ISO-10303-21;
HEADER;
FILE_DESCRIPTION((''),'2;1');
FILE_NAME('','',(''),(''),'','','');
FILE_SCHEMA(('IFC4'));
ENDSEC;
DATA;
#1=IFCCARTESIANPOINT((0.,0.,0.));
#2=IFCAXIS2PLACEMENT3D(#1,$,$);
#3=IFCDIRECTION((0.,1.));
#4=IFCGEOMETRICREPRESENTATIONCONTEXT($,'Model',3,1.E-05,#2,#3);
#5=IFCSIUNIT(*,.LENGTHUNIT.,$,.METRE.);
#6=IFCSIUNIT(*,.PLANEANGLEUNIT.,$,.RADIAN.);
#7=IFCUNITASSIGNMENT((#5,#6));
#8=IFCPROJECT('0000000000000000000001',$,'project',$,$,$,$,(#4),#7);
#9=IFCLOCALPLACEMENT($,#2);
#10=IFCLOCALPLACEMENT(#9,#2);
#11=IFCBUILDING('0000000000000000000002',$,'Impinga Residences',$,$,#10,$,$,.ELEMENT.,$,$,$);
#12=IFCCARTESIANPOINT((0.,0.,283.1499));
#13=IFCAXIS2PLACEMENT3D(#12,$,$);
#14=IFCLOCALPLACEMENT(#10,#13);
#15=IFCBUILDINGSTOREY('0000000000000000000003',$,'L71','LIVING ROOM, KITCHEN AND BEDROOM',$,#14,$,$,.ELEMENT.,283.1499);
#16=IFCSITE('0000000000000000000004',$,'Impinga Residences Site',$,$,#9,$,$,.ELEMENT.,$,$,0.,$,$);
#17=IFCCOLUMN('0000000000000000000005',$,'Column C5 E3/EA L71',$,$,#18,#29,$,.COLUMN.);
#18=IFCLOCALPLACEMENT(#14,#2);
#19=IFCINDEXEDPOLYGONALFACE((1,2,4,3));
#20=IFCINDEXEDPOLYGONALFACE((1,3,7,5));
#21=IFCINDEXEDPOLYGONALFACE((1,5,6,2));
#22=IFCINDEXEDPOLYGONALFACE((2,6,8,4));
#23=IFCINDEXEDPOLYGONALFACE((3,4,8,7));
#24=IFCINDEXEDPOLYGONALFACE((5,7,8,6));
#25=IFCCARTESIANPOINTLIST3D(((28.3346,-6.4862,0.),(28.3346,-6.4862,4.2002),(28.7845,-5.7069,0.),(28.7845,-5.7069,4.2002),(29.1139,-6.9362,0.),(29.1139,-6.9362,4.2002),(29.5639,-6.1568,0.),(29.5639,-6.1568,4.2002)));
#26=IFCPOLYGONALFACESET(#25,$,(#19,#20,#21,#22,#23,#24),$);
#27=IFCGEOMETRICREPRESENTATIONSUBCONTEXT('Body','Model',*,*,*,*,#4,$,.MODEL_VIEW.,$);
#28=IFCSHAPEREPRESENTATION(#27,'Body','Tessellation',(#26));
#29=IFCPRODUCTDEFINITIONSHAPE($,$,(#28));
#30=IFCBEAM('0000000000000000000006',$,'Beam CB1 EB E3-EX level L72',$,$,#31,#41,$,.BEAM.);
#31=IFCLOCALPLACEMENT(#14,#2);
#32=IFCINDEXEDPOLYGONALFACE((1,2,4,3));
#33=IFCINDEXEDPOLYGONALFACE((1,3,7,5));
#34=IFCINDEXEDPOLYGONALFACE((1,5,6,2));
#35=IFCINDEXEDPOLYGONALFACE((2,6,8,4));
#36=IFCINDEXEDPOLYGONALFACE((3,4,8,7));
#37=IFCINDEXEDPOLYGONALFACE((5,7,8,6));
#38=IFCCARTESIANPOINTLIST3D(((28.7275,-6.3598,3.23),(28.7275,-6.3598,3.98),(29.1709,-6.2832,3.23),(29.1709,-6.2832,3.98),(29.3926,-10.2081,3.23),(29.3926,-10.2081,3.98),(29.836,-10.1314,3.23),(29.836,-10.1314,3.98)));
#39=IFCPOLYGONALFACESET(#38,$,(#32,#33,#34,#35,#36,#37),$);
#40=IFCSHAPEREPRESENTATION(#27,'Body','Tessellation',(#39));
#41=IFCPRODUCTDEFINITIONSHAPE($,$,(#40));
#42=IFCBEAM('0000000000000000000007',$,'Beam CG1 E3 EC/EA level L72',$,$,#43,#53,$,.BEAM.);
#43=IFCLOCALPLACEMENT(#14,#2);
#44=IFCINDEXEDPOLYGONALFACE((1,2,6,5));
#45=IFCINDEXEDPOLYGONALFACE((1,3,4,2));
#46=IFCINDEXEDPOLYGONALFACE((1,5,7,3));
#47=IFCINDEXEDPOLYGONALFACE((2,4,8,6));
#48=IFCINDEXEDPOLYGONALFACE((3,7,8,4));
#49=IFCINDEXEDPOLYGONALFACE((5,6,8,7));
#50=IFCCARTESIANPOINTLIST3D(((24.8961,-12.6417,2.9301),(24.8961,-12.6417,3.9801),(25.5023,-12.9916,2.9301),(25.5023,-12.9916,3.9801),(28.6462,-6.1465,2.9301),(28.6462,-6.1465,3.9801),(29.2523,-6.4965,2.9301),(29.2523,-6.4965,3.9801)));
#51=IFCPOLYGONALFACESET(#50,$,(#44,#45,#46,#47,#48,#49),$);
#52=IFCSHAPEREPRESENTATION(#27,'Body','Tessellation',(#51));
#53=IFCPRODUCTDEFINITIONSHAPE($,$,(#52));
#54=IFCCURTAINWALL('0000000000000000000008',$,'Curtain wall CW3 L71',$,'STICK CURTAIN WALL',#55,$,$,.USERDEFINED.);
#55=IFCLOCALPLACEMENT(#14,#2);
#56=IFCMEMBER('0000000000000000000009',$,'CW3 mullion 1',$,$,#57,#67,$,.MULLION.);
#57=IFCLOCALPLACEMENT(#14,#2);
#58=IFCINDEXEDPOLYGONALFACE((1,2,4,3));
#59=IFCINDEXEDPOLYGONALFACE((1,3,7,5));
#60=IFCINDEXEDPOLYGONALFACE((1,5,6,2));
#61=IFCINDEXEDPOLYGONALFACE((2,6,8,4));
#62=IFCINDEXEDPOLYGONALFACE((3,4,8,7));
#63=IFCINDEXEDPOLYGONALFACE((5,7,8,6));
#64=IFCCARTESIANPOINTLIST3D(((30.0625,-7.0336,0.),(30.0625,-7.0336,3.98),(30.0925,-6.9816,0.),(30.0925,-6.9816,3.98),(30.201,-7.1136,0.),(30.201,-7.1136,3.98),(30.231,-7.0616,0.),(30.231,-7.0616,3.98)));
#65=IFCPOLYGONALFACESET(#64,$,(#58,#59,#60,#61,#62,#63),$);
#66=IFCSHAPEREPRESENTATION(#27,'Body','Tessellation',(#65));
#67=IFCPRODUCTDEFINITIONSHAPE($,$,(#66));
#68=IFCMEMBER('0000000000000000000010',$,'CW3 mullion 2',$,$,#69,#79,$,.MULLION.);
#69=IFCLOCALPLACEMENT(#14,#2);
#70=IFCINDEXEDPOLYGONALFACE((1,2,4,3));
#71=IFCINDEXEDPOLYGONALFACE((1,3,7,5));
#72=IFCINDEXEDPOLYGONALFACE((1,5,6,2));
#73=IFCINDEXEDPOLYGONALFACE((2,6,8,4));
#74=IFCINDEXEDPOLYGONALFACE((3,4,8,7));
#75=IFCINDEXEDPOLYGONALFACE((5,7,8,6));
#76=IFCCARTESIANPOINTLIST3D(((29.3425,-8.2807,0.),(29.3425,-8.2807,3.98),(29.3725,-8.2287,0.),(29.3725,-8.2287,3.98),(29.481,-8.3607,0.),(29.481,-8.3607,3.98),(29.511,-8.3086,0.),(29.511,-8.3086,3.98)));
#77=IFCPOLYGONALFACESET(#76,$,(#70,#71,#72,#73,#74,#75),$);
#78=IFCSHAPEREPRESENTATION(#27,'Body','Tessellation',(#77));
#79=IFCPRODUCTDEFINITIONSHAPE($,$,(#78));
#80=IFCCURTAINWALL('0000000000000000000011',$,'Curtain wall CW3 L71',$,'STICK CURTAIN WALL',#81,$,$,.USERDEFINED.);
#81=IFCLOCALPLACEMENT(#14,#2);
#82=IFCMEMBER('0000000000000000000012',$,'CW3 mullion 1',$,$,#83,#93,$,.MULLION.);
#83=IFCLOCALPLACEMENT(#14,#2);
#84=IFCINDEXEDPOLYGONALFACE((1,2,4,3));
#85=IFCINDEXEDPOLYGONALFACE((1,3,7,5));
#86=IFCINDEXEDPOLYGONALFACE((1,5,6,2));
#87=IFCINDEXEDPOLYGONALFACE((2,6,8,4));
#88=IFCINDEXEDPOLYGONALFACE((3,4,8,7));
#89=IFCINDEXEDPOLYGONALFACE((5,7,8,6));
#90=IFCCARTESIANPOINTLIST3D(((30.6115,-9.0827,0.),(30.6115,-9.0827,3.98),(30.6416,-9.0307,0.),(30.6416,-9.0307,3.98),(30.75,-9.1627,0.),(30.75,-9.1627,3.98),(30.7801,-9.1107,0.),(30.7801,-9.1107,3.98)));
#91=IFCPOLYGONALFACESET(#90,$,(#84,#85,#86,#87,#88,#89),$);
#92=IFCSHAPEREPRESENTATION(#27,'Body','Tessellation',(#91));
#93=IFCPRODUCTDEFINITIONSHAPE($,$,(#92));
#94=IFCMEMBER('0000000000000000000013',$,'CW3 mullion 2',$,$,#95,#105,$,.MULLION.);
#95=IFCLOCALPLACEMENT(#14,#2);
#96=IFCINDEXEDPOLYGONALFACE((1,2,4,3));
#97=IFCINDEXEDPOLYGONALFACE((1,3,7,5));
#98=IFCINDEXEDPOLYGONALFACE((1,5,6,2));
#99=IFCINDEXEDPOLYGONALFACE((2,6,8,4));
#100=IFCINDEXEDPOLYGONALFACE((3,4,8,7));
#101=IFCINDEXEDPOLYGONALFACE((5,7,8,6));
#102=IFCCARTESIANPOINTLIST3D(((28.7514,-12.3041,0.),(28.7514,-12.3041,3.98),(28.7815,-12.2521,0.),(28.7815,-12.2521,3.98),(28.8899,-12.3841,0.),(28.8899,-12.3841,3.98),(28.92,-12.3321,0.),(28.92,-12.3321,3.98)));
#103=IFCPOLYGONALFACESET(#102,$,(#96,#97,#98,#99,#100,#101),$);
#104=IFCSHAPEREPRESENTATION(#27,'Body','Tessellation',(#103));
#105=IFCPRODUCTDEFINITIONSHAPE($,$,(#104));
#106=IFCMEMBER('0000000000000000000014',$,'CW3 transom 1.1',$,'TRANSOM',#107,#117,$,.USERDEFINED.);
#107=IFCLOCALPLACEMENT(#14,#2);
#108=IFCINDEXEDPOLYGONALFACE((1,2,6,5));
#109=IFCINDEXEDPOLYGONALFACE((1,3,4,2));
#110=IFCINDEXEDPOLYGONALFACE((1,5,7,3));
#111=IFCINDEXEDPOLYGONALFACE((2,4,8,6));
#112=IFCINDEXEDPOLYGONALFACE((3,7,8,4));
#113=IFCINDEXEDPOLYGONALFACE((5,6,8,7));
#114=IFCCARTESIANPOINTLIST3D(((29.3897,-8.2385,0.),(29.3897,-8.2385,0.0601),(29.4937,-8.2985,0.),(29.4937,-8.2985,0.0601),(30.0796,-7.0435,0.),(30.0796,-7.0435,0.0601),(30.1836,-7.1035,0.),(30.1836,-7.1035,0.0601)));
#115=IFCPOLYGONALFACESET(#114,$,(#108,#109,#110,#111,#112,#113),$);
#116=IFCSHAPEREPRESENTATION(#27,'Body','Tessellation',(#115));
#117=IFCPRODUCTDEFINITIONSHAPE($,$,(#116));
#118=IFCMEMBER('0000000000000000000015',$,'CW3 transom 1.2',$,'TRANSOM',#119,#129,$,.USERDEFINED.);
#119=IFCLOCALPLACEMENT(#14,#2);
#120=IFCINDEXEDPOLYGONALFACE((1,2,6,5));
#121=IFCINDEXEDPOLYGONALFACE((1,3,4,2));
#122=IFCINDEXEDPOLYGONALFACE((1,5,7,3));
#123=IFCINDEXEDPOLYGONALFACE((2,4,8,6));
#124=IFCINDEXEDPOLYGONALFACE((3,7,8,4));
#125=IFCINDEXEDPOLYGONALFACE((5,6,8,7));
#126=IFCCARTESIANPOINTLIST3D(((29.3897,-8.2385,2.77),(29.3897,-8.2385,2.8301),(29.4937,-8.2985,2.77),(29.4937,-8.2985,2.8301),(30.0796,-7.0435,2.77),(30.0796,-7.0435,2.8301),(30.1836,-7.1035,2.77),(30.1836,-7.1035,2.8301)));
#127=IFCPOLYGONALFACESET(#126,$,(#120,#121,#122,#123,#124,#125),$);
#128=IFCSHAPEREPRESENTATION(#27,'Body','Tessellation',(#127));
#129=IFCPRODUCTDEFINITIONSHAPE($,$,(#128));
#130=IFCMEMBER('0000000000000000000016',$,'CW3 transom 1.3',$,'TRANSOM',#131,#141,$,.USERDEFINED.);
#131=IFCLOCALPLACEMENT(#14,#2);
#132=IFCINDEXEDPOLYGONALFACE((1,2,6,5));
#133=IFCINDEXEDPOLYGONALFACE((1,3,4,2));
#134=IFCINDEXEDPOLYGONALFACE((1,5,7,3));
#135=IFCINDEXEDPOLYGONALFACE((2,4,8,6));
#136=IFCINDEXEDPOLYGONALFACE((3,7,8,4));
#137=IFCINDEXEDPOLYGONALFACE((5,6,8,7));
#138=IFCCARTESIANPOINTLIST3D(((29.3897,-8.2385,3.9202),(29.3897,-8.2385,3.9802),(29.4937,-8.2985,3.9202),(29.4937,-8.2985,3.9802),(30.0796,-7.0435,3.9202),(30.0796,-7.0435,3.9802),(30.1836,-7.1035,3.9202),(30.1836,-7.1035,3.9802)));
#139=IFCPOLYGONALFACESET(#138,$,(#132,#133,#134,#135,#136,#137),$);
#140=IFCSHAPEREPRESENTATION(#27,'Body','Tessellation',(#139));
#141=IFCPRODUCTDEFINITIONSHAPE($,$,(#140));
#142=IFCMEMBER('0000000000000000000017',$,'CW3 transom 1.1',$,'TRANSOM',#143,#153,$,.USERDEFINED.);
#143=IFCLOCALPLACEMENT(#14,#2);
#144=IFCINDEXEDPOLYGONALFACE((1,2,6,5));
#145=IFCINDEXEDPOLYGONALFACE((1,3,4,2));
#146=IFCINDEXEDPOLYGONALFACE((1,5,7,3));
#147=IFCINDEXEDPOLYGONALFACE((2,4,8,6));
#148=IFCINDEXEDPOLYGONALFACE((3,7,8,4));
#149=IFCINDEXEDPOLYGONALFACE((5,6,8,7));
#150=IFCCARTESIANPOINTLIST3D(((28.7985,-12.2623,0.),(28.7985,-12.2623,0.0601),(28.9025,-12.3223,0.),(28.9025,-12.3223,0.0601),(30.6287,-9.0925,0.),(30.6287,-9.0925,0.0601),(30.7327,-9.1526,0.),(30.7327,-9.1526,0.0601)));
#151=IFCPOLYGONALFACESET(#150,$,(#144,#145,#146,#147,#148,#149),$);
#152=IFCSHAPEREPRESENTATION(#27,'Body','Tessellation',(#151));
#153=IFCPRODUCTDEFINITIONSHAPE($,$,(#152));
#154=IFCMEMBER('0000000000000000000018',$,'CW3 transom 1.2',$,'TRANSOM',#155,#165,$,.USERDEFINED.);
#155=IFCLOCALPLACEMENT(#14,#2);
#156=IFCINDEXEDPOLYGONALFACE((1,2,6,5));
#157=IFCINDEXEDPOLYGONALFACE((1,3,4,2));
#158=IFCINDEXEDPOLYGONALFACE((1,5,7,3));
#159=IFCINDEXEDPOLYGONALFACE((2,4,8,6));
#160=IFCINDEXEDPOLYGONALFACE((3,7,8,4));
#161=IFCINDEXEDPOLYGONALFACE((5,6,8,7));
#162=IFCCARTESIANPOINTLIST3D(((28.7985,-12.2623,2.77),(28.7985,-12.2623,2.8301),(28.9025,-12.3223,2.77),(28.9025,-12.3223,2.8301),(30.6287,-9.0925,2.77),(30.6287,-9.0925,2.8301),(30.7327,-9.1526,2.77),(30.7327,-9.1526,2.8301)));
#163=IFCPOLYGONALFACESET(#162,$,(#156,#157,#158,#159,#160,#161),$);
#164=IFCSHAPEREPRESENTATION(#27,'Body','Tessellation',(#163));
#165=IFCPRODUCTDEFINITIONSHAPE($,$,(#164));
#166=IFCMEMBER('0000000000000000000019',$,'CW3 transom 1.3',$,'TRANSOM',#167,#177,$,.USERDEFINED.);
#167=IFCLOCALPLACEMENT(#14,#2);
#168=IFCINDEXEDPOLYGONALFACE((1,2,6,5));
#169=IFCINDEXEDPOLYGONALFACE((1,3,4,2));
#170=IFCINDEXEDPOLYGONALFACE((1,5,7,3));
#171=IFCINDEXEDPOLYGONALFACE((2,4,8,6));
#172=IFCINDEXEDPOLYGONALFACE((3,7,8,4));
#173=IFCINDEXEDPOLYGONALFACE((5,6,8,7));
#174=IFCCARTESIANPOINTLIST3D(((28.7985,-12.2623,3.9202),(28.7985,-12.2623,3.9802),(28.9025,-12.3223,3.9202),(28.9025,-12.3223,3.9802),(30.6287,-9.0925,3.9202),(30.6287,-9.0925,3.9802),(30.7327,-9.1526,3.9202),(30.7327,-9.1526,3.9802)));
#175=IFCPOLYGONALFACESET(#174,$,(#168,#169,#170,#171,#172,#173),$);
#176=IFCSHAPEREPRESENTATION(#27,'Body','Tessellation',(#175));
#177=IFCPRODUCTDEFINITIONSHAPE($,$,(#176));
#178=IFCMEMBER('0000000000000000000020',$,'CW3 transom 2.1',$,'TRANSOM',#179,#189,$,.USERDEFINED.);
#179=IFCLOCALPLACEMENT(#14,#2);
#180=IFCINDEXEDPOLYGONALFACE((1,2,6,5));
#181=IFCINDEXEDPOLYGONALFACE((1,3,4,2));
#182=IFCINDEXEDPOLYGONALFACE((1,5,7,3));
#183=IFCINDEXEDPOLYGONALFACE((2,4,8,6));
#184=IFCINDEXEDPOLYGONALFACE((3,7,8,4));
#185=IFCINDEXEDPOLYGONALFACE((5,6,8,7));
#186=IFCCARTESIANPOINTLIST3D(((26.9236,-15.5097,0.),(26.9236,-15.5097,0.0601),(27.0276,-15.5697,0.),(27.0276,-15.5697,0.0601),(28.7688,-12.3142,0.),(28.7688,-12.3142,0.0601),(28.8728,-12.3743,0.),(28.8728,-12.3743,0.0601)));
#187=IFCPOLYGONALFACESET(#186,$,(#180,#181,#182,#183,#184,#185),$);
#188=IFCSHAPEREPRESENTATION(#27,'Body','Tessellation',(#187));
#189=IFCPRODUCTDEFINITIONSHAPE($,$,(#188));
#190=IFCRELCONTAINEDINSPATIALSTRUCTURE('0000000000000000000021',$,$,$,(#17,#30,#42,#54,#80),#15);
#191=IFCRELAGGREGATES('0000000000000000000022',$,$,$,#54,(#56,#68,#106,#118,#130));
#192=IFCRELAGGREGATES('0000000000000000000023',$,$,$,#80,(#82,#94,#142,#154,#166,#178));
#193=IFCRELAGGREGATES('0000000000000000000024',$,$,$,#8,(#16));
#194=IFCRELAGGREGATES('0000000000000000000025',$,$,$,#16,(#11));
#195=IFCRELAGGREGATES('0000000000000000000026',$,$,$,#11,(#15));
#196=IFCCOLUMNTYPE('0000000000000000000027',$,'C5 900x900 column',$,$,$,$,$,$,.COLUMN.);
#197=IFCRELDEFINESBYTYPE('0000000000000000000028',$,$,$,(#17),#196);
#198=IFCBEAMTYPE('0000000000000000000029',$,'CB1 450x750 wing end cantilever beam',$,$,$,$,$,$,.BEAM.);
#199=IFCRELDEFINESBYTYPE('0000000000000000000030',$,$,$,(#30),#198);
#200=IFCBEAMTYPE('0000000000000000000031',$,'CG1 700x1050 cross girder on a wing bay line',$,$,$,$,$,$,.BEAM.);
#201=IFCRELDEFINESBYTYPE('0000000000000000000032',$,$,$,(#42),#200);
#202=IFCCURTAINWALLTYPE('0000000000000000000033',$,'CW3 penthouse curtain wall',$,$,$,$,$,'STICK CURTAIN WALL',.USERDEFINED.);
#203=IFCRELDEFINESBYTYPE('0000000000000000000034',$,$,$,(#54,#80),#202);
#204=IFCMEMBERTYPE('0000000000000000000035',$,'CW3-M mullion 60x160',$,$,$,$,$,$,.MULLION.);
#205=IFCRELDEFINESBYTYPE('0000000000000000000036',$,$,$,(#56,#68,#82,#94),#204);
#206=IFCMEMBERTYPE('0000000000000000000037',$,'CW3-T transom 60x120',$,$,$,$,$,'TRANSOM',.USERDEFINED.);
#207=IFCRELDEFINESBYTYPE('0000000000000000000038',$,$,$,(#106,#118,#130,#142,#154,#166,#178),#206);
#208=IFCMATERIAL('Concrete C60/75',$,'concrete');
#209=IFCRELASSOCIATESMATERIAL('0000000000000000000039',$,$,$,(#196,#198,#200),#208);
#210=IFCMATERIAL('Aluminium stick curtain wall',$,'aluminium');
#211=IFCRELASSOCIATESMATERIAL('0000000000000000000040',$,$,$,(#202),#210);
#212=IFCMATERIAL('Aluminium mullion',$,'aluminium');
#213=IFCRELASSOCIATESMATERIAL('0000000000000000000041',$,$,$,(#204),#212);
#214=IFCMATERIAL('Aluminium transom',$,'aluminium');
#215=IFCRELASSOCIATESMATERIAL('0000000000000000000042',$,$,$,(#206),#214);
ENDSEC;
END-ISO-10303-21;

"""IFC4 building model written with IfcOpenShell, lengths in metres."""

from ifc_helpers import new_model, si_unit, direction, frame, origin, origin_2d, place, context, subcontext, project, spatial, rectangle, extrude, material, material_profile, profile_set, type_object, element, aggregate, save


model = new_model("IFC4")

# Units and contexts
model_context = context("Model", 3, precision=1e-05, world=origin(), true_north=direction((0.0, 1.0)))
body_context = subcontext(model_context, "Body", "Model", "MODEL_VIEW")
ifc_project = project(units=[si_unit("LENGTHUNIT", "METRE"), si_unit("PLANEANGLEUNIT", "RADIAN")], contexts=[model_context])

# Site, building, storey
site_placement = place(None, origin())
site = spatial("IfcSite", under=ifc_project, at=site_placement, Name="Impinga Residences Site", CompositionType="ELEMENT", RefElevation=0.0)
building_placement = place(site_placement, origin())
building = spatial("IfcBuilding", under=site, at=building_placement, Name="Impinga Residences", CompositionType="ELEMENT")
storey_placement = place(building_placement, frame((0.0, 0.0, 283.1499)))
storey = spatial("IfcBuildingStorey", under=building, at=storey_placement, Name="L71", Description="LIVING ROOM, KITCHEN AND BEDROOM", CompositionType="ELEMENT", Elevation=283.1499)

# Column
ifc_material_1 = material(Name="Concrete C60/75", Category="concrete")
ifc_material_profile_1 = material_profile(ifc_material_1, rectangle(XDim=0.8999, YDim=0.8999, at=origin_2d()), Name="RC 900x900")
ifc_profile_set_1 = profile_set([ifc_material_profile_1], Name="Concrete C60/75")
column_type = type_object("IfcColumnType", Name="C5 900x900 column", PredefinedType="COLUMN", material=ifc_profile_set_1)
column_placement = place(storey_placement, frame((28.9492, -6.3215, 0.0), z_axis=(0.0, 0.0, 1.0), x_axis=(-0.5, -0.866025, 0.0)))
element("IfcColumn", 1, at=column_placement, inside=storey, type_object=column_type, Name="Column C5 E3/EA L71", PredefinedType="COLUMN", context=body_context, shape_type="SweptSolid", body=[
    extrude(rectangle(XDim=0.8999, YDim=0.8999, at=origin_2d()), origin(), (0.0, 0.0, 1.0), 4.2002),
])

# Beams
ifc_material_profile_2 = material_profile(ifc_material_1, rectangle(XDim=0.45, YDim=0.75, at=origin_2d()), Name="RC 450x750")
ifc_profile_set_2 = profile_set([ifc_material_profile_2], Name="Concrete C60/75")
beam_type_1 = type_object("IfcBeamType", Name="CB1 450x750 wing end cantilever beam", PredefinedType="BEAM", material=ifc_profile_set_2)
beam_1_placement = place(storey_placement, frame((28.9492, -6.3215, 3.605), z_axis=(0.170296, -0.985393, 0.0), x_axis=(0.985393, 0.170296, 0.0)))
element("IfcBeam", 2, at=beam_1_placement, inside=storey, type_object=beam_type_1, Name="Beam CB1 EB E3-EX level L72", PredefinedType="BEAM", context=body_context, shape_type="SweptSolid", body=[
    extrude(rectangle(XDim=0.45, YDim=0.75, at=origin_2d()), origin(), (0.0, 0.0, 1.0), 3.9053),
])
ifc_material_profile_3 = material_profile(ifc_material_1, rectangle(XDim=0.7, YDim=1.05, at=origin_2d()), Name="RC 700x1050")
ifc_profile_set_3 = profile_set([ifc_material_profile_3], Name="Concrete C60/75")
beam_type_2 = type_object("IfcBeamType", Name="CG1 700x1050 cross girder on a wing bay line", PredefinedType="BEAM", material=ifc_profile_set_3)
beam_2_placement = place(storey_placement, frame((25.1992, -12.8167, 3.4551), z_axis=(0.500004, 0.866023, 0.0), x_axis=(-0.866023, 0.500004, 0.0)))
element("IfcBeam", 3, at=beam_2_placement, inside=storey, type_object=beam_type_2, Name="Beam CG1 E3 EC/EA level L72", PredefinedType="BEAM", context=body_context, shape_type="SweptSolid", body=[
    extrude(rectangle(XDim=0.7, YDim=1.05, at=origin_2d()), origin(), (0.0, 0.0, 1.0), 7.5),
])

# Curtain walls, members
ifc_material_2 = material(Name="Aluminium stick curtain wall", Category="aluminium")
curtain_wall_type = type_object("IfcCurtainWallType", Name="CW3 penthouse curtain wall", ElementType="STICK CURTAIN WALL", PredefinedType="USERDEFINED", material=ifc_material_2)
curtain_wall_1_placement = place(storey_placement, origin())
curtain_wall_1 = element("IfcCurtainWall", 4, at=curtain_wall_1_placement, inside=storey, type_object=curtain_wall_type, Name="Curtain wall CW3 L71", ObjectType="STICK CURTAIN WALL", PredefinedType="USERDEFINED")
ifc_material_3 = material(Name="Aluminium mullion", Category="aluminium")
ifc_material_profile_4 = material_profile(ifc_material_3, rectangle(XDim=0.0601, YDim=0.1599, at=origin_2d()), Name="60x160 mullion")
ifc_profile_set_4 = profile_set([ifc_material_profile_4], Name="Aluminium mullion")
member_type_1 = type_object("IfcMemberType", Name="CW3-M mullion 60x160", PredefinedType="MULLION", material=ifc_profile_set_4)
member_1_placement = place(storey_placement, frame((30.1467, -7.0476, 0.0), z_axis=(0.0, 0.0, 1.0), x_axis=(-0.5, -0.866025, 0.0)))
member_1 = element("IfcMember", 5, at=member_1_placement, type_object=member_type_1, Name="CW3 mullion 1", PredefinedType="MULLION", context=body_context, shape_type="SweptSolid", body=[
    extrude(rectangle(XDim=0.0601, YDim=0.1599, at=origin_2d()), origin(), (0.0, 0.0, 1.0), 3.98),
])
member_2_placement = place(storey_placement, frame((29.4268, -8.2947, 0.0), z_axis=(0.0, 0.0, 1.0), x_axis=(-0.5, -0.866025, 0.0)))
member_2 = element("IfcMember", 6, at=member_2_placement, type_object=member_type_1, Name="CW3 mullion 2", PredefinedType="MULLION", context=body_context, shape_type="SweptSolid", body=[
    extrude(rectangle(XDim=0.0601, YDim=0.1599, at=origin_2d()), origin(), (0.0, 0.0, 1.0), 3.98),
])
curtain_wall_2_placement = place(storey_placement, origin())
curtain_wall_2 = element("IfcCurtainWall", 7, at=curtain_wall_2_placement, inside=storey, type_object=curtain_wall_type, Name="Curtain wall CW3 L71", ObjectType="STICK CURTAIN WALL", PredefinedType="USERDEFINED")
member_3_placement = place(storey_placement, frame((30.6958, -9.0967, 0.0), z_axis=(0.0, 0.0, 1.0), x_axis=(-0.5, -0.866025, 0.0)))
member_3 = element("IfcMember", 8, at=member_3_placement, type_object=member_type_1, Name="CW3 mullion 1", PredefinedType="MULLION", context=body_context, shape_type="SweptSolid", body=[
    extrude(rectangle(XDim=0.0601, YDim=0.1599, at=origin_2d()), origin(), (0.0, 0.0, 1.0), 3.98),
])
member_4_placement = place(storey_placement, frame((28.8357, -12.3181, 0.0), z_axis=(0.0, 0.0, 1.0), x_axis=(-0.5, -0.866025, 0.0)))
member_4 = element("IfcMember", 9, at=member_4_placement, type_object=member_type_1, Name="CW3 mullion 2", PredefinedType="MULLION", context=body_context, shape_type="SweptSolid", body=[
    extrude(rectangle(XDim=0.0601, YDim=0.1599, at=origin_2d()), origin(), (0.0, 0.0, 1.0), 3.98),
])

# Members
ifc_material_4 = material(Name="Aluminium transom", Category="aluminium")
ifc_material_profile_5 = material_profile(ifc_material_4, rectangle(XDim=0.0601, YDim=0.1201, at=origin_2d()), Name="60x120 transom")
ifc_profile_set_5 = profile_set([ifc_material_profile_5], Name="Aluminium transom")
member_type_2 = type_object("IfcMemberType", Name="CW3-T transom 60x120", ElementType="TRANSOM", PredefinedType="USERDEFINED", material=ifc_profile_set_5)
member_5_placement = place(storey_placement, frame((30.1316, -7.0735, 0.03), z_axis=(-0.499983, -0.866035, 0.0), x_axis=(0.0, 0.0, 1.0)))
member_5 = element("IfcMember", 10, at=member_5_placement, type_object=member_type_2, Name="CW3 transom 1.1", ObjectType="TRANSOM", PredefinedType="USERDEFINED", context=body_context, shape_type="SweptSolid", body=[
    extrude(rectangle(XDim=0.0601, YDim=0.1201, at=origin_2d()), origin(), (0.0, 0.0, 1.0), 1.3799),
])
member_6_placement = place(storey_placement, frame((30.1316, -7.0735, 2.8), z_axis=(-0.499983, -0.866035, 0.0), x_axis=(0.0, 0.0, 1.0)))
member_6 = element("IfcMember", 11, at=member_6_placement, type_object=member_type_2, Name="CW3 transom 1.2", ObjectType="TRANSOM", PredefinedType="USERDEFINED", context=body_context, shape_type="SweptSolid", body=[
    extrude(rectangle(XDim=0.0601, YDim=0.1201, at=origin_2d()), origin(), (0.0, 0.0, 1.0), 1.3799),
])
member_7_placement = place(storey_placement, frame((30.1316, -7.0735, 3.9502), z_axis=(-0.499983, -0.866035, 0.0), x_axis=(0.0, 0.0, 1.0)))
member_7 = element("IfcMember", 12, at=member_7_placement, type_object=member_type_2, Name="CW3 transom 1.3", ObjectType="TRANSOM", PredefinedType="USERDEFINED", context=body_context, shape_type="SweptSolid", body=[
    extrude(rectangle(XDim=0.0601, YDim=0.1201, at=origin_2d()), origin(), (0.0, 0.0, 1.0), 1.3799),
])
member_8_placement = place(storey_placement, frame((30.6807, -9.1226, 0.03), z_axis=(-0.500013, -0.866018, 0.0), x_axis=(0.0, 0.0, 1.0)))
member_8 = element("IfcMember", 13, at=member_8_placement, type_object=member_type_2, Name="CW3 transom 1.1", ObjectType="TRANSOM", PredefinedType="USERDEFINED", context=body_context, shape_type="SweptSolid", body=[
    extrude(rectangle(XDim=0.0601, YDim=0.1201, at=origin_2d()), origin(), (0.0, 0.0, 1.0), 3.6602),
])
member_9_placement = place(storey_placement, frame((30.6807, -9.1226, 2.8), z_axis=(-0.500013, -0.866018, 0.0), x_axis=(0.0, 0.0, 1.0)))
member_9 = element("IfcMember", 14, at=member_9_placement, type_object=member_type_2, Name="CW3 transom 1.2", ObjectType="TRANSOM", PredefinedType="USERDEFINED", context=body_context, shape_type="SweptSolid", body=[
    extrude(rectangle(XDim=0.0601, YDim=0.1201, at=origin_2d()), origin(), (0.0, 0.0, 1.0), 3.6602),
])
member_10_placement = place(storey_placement, frame((30.6807, -9.1226, 3.9502), z_axis=(-0.500013, -0.866018, 0.0), x_axis=(0.0, 0.0, 1.0)))
member_10 = element("IfcMember", 15, at=member_10_placement, type_object=member_type_2, Name="CW3 transom 1.3", ObjectType="TRANSOM", PredefinedType="USERDEFINED", context=body_context, shape_type="SweptSolid", body=[
    extrude(rectangle(XDim=0.0601, YDim=0.1201, at=origin_2d()), origin(), (0.0, 0.0, 1.0), 3.6602),
])
member_11_placement = place(storey_placement, frame((28.8208, -12.3442, 0.03), z_axis=(-0.500053, -0.865995, 0.0), x_axis=(0.0, 0.0, 1.0)))
member_11 = element("IfcMember", 16, at=member_11_placement, type_object=member_type_2, Name="CW3 transom 2.1", ObjectType="TRANSOM", PredefinedType="USERDEFINED", context=body_context, shape_type="SweptSolid", body=[
    extrude(rectangle(XDim=0.0601, YDim=0.1201, at=origin_2d()), origin(), (0.0, 0.0, 1.0), 3.6899),
])

aggregate(curtain_wall_1, [member_1, member_2, member_5, member_6, member_7])
aggregate(curtain_wall_2, [member_3, member_4, member_8, member_9, member_10, member_11])

save(model, "model.ifc")
